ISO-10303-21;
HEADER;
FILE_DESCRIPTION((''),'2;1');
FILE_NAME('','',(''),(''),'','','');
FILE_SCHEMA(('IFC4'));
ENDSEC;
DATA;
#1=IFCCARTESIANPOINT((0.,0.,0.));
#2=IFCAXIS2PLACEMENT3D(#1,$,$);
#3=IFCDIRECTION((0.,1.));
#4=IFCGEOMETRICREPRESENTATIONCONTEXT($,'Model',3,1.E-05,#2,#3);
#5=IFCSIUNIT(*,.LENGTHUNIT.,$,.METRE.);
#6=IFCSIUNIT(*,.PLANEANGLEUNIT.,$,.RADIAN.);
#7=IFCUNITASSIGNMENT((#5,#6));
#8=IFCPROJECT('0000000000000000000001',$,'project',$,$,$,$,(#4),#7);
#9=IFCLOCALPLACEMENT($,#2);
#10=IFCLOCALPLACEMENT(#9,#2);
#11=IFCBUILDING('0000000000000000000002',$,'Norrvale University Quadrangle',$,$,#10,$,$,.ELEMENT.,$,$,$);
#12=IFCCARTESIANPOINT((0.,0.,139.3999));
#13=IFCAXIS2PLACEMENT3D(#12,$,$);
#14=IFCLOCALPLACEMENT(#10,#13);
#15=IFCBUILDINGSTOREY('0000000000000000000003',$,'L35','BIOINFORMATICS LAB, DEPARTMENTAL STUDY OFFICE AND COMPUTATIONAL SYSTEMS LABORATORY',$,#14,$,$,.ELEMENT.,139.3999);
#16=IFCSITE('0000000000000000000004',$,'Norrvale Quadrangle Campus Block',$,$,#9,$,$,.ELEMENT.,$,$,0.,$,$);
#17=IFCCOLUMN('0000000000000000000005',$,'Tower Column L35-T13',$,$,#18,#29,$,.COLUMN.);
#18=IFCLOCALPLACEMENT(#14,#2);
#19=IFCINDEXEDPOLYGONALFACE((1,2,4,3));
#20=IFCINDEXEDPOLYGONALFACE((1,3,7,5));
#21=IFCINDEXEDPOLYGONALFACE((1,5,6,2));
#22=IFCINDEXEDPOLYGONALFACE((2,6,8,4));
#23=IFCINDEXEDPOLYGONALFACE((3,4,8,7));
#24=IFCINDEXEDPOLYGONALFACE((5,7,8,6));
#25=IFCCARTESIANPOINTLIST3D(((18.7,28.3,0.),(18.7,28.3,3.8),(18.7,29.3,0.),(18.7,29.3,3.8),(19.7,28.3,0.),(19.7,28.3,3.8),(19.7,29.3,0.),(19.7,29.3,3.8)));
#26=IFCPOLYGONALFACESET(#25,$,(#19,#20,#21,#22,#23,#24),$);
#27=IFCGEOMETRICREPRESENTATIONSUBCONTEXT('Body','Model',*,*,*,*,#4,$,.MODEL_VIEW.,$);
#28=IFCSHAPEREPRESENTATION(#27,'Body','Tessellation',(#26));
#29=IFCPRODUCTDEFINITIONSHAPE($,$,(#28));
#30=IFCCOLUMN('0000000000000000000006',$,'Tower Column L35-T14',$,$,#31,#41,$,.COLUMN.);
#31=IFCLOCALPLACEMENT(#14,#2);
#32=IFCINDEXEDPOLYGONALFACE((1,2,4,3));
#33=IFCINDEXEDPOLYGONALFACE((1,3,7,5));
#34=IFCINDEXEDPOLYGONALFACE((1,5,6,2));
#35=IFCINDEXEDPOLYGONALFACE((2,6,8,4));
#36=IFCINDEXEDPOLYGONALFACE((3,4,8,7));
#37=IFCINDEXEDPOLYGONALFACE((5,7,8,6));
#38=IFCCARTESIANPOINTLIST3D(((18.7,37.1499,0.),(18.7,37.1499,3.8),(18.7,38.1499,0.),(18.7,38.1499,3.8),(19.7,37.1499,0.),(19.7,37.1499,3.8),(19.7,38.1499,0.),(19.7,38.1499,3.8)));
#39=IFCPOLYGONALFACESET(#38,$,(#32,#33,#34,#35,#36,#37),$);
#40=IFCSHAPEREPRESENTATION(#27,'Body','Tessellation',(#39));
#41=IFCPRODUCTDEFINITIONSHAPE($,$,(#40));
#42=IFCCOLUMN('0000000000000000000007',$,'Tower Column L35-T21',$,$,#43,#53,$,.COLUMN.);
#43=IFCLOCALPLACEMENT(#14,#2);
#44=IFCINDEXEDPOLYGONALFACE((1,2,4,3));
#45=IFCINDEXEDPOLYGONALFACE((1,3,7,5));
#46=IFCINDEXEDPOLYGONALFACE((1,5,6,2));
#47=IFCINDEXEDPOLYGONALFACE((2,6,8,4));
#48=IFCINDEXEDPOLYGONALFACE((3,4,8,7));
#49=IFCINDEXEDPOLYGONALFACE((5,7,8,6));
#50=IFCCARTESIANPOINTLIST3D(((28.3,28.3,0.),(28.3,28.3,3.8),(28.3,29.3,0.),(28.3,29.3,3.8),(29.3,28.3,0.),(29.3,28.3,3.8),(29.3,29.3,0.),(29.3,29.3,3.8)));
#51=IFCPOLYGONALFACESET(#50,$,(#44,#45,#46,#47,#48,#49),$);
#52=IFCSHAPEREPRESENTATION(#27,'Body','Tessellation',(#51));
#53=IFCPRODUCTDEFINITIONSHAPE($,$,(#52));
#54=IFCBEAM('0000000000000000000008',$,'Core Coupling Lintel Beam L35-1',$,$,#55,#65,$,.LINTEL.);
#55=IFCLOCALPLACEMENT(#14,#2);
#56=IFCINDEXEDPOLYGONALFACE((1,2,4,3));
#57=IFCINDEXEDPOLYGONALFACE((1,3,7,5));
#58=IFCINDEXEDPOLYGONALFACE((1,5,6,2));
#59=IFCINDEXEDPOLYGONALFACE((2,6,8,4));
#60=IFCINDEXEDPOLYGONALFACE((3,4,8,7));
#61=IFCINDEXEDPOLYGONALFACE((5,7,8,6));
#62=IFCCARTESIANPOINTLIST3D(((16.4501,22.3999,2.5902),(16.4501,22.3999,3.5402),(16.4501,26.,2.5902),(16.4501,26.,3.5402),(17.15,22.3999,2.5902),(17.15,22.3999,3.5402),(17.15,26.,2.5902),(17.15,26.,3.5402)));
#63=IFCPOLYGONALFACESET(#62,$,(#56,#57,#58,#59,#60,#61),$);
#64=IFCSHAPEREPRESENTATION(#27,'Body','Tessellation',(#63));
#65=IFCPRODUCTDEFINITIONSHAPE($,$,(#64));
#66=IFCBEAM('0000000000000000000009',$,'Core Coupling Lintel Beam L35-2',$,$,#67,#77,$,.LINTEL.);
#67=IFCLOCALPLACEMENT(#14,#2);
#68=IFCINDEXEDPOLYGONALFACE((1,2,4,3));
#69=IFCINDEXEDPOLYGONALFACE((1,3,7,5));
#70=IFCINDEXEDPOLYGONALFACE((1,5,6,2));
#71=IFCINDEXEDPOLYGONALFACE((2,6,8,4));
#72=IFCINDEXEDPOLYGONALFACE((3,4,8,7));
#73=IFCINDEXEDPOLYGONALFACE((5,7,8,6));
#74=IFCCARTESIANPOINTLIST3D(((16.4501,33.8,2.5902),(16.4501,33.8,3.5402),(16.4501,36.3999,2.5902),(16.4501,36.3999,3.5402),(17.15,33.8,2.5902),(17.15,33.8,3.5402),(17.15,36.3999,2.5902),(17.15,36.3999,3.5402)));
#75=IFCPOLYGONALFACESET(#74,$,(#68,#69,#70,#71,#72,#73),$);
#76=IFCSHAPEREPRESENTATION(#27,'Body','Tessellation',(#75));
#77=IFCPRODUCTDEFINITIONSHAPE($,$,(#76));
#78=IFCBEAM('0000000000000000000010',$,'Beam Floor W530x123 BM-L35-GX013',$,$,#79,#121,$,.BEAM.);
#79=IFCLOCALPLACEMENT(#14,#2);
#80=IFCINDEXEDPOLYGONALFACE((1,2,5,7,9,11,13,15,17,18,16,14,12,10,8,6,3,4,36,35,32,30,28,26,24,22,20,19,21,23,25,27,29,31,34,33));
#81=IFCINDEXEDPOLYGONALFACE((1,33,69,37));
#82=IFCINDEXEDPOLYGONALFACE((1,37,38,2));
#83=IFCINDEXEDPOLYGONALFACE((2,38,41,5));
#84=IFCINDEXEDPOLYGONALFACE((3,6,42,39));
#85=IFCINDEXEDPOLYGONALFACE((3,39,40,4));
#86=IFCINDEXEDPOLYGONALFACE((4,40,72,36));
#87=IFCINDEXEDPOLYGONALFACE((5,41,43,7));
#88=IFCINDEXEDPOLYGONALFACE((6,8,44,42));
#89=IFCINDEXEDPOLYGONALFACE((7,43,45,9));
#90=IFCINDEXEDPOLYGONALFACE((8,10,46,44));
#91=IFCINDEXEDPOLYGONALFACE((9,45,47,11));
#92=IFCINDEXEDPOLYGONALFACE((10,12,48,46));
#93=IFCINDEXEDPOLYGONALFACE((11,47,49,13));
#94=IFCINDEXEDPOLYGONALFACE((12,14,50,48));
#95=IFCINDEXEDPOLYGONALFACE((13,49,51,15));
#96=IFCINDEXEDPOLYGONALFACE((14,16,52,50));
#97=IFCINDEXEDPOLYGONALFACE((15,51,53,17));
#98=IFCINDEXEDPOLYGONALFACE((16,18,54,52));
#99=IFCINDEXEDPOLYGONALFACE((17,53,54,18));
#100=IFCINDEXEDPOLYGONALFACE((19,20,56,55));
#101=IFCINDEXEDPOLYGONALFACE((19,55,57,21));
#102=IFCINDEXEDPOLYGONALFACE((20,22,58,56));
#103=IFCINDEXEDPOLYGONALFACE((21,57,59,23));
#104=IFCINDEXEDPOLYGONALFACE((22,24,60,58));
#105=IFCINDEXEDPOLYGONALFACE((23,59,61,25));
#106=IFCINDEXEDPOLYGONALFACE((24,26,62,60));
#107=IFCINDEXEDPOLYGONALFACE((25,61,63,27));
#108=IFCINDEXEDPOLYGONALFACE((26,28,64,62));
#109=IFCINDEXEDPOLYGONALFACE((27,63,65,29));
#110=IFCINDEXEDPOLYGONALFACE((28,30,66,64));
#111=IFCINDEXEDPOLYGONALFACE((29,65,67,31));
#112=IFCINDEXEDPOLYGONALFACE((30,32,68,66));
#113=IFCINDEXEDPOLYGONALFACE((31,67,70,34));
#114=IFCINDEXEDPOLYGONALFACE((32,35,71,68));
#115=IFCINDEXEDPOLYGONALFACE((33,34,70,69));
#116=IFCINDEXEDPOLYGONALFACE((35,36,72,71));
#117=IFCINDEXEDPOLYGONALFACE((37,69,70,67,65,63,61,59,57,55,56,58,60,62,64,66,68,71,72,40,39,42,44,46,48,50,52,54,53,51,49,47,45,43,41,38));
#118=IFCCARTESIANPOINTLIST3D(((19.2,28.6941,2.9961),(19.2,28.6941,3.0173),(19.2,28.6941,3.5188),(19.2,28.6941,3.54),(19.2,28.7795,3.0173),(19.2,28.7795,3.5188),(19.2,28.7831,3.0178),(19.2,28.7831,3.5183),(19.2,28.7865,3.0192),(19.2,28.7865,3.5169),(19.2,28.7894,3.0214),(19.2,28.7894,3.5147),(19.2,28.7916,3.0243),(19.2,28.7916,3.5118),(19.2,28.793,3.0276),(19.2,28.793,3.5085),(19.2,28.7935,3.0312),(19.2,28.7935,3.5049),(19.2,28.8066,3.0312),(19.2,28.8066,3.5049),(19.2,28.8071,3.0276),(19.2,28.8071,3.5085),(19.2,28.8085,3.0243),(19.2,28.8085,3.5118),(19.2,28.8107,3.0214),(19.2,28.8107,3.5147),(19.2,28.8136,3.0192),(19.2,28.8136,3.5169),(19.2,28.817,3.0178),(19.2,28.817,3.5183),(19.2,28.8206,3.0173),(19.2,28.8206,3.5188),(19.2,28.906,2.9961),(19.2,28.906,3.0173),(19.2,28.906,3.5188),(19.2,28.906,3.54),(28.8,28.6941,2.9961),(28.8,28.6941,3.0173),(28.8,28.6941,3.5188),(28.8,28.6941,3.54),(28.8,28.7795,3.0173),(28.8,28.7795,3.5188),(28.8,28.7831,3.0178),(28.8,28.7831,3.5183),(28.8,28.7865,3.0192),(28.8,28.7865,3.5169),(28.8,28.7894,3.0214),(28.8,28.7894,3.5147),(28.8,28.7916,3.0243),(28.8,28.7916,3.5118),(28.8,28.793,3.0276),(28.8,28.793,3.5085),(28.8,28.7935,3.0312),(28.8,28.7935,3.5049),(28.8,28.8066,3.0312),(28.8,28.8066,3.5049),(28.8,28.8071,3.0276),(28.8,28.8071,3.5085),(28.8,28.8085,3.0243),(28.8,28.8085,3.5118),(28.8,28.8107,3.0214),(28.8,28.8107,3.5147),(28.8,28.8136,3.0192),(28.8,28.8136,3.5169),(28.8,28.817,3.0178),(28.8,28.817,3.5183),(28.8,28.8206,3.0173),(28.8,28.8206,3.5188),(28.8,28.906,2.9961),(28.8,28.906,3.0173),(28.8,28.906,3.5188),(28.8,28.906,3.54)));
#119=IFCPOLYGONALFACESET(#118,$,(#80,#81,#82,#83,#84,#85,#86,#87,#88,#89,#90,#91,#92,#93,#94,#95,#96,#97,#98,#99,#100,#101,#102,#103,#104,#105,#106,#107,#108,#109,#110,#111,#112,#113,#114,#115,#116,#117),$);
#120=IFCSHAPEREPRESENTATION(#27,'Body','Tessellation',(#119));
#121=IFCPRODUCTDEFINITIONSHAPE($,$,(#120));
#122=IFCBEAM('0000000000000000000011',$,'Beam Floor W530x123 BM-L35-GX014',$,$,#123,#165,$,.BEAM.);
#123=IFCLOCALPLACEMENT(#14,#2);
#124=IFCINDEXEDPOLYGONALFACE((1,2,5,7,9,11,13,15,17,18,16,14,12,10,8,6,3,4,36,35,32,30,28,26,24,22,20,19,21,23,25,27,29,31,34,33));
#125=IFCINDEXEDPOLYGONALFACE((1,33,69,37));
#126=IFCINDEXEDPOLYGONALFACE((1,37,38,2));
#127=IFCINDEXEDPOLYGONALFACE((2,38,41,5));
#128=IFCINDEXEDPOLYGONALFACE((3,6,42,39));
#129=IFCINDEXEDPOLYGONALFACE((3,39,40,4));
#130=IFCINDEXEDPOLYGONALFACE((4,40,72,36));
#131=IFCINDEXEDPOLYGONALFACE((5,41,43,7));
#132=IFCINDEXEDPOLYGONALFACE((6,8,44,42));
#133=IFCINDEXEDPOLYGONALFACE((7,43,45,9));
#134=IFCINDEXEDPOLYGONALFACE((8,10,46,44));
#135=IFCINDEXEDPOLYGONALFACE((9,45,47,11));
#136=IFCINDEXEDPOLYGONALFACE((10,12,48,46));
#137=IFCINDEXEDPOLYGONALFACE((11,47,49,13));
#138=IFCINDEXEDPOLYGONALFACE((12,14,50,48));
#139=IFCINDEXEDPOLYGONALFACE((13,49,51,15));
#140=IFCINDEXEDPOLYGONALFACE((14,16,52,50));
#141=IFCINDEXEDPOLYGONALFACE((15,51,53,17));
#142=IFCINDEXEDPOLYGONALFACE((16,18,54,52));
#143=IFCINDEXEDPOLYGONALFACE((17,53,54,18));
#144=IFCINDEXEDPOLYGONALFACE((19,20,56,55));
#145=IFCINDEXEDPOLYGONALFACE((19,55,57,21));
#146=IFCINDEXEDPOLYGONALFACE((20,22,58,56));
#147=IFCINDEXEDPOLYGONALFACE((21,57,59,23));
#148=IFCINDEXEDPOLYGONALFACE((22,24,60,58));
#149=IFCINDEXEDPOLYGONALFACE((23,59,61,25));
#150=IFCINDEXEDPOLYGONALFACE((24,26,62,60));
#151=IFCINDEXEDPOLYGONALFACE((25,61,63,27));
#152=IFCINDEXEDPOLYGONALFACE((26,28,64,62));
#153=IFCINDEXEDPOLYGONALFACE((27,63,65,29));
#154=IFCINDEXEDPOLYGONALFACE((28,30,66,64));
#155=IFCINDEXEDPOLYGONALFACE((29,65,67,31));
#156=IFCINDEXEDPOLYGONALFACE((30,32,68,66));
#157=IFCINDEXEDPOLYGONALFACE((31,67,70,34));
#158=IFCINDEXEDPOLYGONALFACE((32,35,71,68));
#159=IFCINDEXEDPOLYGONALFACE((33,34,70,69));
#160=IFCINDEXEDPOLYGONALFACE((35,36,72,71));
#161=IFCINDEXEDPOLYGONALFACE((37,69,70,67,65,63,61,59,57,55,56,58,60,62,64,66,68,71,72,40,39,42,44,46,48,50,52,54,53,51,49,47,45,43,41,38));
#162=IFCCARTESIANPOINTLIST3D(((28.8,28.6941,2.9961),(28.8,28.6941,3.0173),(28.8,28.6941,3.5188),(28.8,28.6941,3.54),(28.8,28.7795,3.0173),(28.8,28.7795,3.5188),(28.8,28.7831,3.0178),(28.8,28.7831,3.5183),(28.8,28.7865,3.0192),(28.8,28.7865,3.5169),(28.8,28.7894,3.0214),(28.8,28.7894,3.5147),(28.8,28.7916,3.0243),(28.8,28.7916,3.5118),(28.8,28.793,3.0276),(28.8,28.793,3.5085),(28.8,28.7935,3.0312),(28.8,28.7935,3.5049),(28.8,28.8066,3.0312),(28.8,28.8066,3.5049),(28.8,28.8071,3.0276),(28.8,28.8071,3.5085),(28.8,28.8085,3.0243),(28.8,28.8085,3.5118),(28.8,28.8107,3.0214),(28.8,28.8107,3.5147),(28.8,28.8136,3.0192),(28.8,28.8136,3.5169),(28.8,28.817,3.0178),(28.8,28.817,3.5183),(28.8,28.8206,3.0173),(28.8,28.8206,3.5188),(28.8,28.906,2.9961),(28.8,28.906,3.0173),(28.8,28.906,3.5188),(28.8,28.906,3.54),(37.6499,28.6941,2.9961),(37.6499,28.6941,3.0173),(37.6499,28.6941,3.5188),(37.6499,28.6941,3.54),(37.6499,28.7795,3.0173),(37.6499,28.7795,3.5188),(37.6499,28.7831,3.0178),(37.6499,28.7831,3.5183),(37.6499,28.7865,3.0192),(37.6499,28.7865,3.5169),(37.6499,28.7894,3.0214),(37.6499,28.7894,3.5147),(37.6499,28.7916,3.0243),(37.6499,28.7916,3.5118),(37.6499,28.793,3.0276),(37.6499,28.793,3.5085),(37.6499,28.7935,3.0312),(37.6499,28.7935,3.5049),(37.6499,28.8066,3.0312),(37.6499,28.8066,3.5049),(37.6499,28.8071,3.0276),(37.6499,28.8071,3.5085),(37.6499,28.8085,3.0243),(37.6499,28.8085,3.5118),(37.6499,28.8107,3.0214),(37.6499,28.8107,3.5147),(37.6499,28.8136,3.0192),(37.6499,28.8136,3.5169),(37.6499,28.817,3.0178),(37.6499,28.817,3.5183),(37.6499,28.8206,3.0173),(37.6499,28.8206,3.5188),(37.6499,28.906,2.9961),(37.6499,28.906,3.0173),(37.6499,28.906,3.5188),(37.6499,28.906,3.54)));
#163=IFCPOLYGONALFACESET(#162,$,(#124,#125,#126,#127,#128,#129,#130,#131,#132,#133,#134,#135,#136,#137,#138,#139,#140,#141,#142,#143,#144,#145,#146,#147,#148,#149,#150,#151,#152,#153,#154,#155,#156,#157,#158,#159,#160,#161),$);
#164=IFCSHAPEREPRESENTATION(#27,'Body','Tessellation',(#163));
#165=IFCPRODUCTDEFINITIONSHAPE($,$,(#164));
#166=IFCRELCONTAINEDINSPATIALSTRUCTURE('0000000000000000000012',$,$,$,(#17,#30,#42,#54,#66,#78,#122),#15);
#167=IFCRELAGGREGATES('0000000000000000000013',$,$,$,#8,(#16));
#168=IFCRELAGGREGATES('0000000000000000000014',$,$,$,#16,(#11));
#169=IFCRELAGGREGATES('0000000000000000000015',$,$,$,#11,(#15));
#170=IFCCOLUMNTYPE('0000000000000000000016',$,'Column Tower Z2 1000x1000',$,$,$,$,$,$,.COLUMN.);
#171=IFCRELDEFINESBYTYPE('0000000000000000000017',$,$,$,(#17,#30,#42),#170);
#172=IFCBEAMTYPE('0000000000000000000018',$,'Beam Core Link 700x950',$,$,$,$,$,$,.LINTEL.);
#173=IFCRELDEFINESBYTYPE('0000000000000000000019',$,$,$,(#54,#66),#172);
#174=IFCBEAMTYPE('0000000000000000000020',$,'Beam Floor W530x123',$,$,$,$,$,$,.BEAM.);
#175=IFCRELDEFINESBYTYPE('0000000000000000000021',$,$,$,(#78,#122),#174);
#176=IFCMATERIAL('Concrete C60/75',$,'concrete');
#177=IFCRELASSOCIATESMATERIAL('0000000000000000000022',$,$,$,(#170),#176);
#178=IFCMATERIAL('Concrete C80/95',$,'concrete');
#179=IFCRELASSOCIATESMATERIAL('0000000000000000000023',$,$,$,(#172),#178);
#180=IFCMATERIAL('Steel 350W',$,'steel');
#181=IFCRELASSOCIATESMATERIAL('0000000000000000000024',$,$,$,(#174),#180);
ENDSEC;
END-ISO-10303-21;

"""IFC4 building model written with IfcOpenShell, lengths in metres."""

from ifc_helpers import new_model, si_unit, direction, frame, origin, origin_2d, place, context, subcontext, project, spatial, rectangle, i_section, extrude, material, material_profile, profile_set, type_object, element, save


model = new_model("IFC4")

# Units and contexts
model_context = context("Model", 3, precision=1e-05, world=origin(), true_north=direction((0.0, 1.0)))
body_context = subcontext(model_context, "Body", "Model", "MODEL_VIEW")
ifc_project = project(units=[si_unit("LENGTHUNIT", "METRE"), si_unit("PLANEANGLEUNIT", "RADIAN")], contexts=[model_context])

# Site, building, storey
site_placement = place(None, origin())
site = spatial("IfcSite", under=ifc_project, at=site_placement, Name="Norrvale Quadrangle Campus Block", CompositionType="ELEMENT", RefElevation=0.0)
building_placement = place(site_placement, origin())
building = spatial("IfcBuilding", under=site, at=building_placement, Name="Norrvale University Quadrangle", CompositionType="ELEMENT")
storey_placement = place(building_placement, frame((0.0, 0.0, 139.3999)))
storey = spatial("IfcBuildingStorey", under=building, at=storey_placement, Name="L35", Description="BIOINFORMATICS LAB, DEPARTMENTAL STUDY OFFICE AND COMPUTATIONAL SYSTEMS LABORATORY", CompositionType="ELEMENT", Elevation=139.3999)

# Columns
ifc_material_1 = material(Name="Concrete C60/75", Category="concrete")
ifc_material_profile_1 = material_profile(ifc_material_1, rectangle(XDim=1.0, YDim=1.0, at=origin_2d()), Name="Concrete C60/75")
ifc_profile_set_1 = profile_set([ifc_material_profile_1], Name="Concrete C60/75")
column_type = type_object("IfcColumnType", Name="Column Tower Z2 1000x1000", PredefinedType="COLUMN", material=ifc_profile_set_1)
for number, where, z_axis, x_axis, name in (
    (1, (19.2, 28.8, 0.0), (0.0, 0.0, 1.0), (1.0, 0.0, 0.0), "Tower Column L35-T13"),
    (2, (19.2, 37.6499, 0.0), (0.0, 0.0, 1.0), (1.0, 0.0, 0.0), "Tower Column L35-T14"),
    (3, (28.8, 28.8, 0.0), (0.0, 0.0, 1.0), (1.0, 0.0, 0.0), "Tower Column L35-T21"),
):
    element("IfcColumn", number, at=place(storey_placement, frame(where, z_axis=z_axis, x_axis=x_axis)), inside=storey, type_object=column_type, Name=name, PredefinedType="COLUMN", context=body_context, shape_type="SweptSolid", body=[
        extrude(rectangle(XDim=1.0, YDim=1.0, at=origin_2d()), origin(), (0.0, 0.0, 1.0), 3.8),
    ])

# Beams
ifc_material_2 = material(Name="Concrete C80/95", Category="concrete")
ifc_material_profile_2 = material_profile(ifc_material_2, rectangle(XDim=0.7, YDim=0.95, at=origin_2d()), Name="Concrete C80/95")
ifc_profile_set_2 = profile_set([ifc_material_profile_2], Name="Concrete C80/95")
beam_type_1 = type_object("IfcBeamType", Name="Beam Core Link 700x950", PredefinedType="LINTEL", material=ifc_profile_set_2)
beam_1_placement = place(storey_placement, frame((16.8, 22.3999, 3.0652), z_axis=(0.0, 1.0, 0.0), x_axis=(-1.0, 0.0, 0.0)))
element("IfcBeam", 4, at=beam_1_placement, inside=storey, type_object=beam_type_1, Name="Core Coupling Lintel Beam L35-1", PredefinedType="LINTEL", context=body_context, shape_type="SweptSolid", body=[
    extrude(rectangle(XDim=0.7, YDim=0.95, at=origin_2d()), origin(), (0.0, 0.0, 1.0), 3.6001),
])
beam_2_placement = place(storey_placement, frame((16.8, 33.8, 3.0652), z_axis=(0.0, 1.0, 0.0), x_axis=(-1.0, 0.0, 0.0)))
element("IfcBeam", 5, at=beam_2_placement, inside=storey, type_object=beam_type_1, Name="Core Coupling Lintel Beam L35-2", PredefinedType="LINTEL", context=body_context, shape_type="SweptSolid", body=[
    extrude(rectangle(XDim=0.7, YDim=0.95, at=origin_2d()), origin(), (0.0, 0.0, 1.0), 2.5999),
])
ifc_material_3 = material(Name="Steel 350W", Category="steel")
ifc_material_profile_3 = material_profile(ifc_material_3, i_section(OverallWidth=0.2119, OverallDepth=0.5439, WebThickness=0.0132, FlangeThickness=0.0212, FilletRadius=0.0139, at=origin_2d()), Name="Steel 350W")
ifc_profile_set_3 = profile_set([ifc_material_profile_3], Name="Steel 350W")
beam_type_2 = type_object("IfcBeamType", Name="Beam Floor W530x123", PredefinedType="BEAM", material=ifc_profile_set_3)
beam_3_placement = place(storey_placement, frame((19.2, 28.8, 3.2681), z_axis=(1.0, 0.0, 0.0), x_axis=(0.0, 1.0, 0.0)))
element("IfcBeam", 6, at=beam_3_placement, inside=storey, type_object=beam_type_2, Name="Beam Floor W530x123 BM-L35-GX013", PredefinedType="BEAM", context=body_context, shape_type="SweptSolid", body=[
    extrude(i_section(OverallWidth=0.2119, OverallDepth=0.5439, WebThickness=0.0132, FlangeThickness=0.0212, FilletRadius=0.0139, at=origin_2d()), origin(), (0.0, 0.0, 1.0), 9.6001),
])
beam_4_placement = place(storey_placement, frame((28.8, 28.8, 3.2681), z_axis=(1.0, 0.0, 0.0), x_axis=(0.0, 1.0, 0.0)))
element("IfcBeam", 7, at=beam_4_placement, inside=storey, type_object=beam_type_2, Name="Beam Floor W530x123 BM-L35-GX014", PredefinedType="BEAM", context=body_context, shape_type="SweptSolid", body=[
    extrude(i_section(OverallWidth=0.2119, OverallDepth=0.5439, WebThickness=0.0132, FlangeThickness=0.0212, FilletRadius=0.0139, at=origin_2d()), origin(), (0.0, 0.0, 1.0), 8.8499),
])

save(model, "model.ifc")
